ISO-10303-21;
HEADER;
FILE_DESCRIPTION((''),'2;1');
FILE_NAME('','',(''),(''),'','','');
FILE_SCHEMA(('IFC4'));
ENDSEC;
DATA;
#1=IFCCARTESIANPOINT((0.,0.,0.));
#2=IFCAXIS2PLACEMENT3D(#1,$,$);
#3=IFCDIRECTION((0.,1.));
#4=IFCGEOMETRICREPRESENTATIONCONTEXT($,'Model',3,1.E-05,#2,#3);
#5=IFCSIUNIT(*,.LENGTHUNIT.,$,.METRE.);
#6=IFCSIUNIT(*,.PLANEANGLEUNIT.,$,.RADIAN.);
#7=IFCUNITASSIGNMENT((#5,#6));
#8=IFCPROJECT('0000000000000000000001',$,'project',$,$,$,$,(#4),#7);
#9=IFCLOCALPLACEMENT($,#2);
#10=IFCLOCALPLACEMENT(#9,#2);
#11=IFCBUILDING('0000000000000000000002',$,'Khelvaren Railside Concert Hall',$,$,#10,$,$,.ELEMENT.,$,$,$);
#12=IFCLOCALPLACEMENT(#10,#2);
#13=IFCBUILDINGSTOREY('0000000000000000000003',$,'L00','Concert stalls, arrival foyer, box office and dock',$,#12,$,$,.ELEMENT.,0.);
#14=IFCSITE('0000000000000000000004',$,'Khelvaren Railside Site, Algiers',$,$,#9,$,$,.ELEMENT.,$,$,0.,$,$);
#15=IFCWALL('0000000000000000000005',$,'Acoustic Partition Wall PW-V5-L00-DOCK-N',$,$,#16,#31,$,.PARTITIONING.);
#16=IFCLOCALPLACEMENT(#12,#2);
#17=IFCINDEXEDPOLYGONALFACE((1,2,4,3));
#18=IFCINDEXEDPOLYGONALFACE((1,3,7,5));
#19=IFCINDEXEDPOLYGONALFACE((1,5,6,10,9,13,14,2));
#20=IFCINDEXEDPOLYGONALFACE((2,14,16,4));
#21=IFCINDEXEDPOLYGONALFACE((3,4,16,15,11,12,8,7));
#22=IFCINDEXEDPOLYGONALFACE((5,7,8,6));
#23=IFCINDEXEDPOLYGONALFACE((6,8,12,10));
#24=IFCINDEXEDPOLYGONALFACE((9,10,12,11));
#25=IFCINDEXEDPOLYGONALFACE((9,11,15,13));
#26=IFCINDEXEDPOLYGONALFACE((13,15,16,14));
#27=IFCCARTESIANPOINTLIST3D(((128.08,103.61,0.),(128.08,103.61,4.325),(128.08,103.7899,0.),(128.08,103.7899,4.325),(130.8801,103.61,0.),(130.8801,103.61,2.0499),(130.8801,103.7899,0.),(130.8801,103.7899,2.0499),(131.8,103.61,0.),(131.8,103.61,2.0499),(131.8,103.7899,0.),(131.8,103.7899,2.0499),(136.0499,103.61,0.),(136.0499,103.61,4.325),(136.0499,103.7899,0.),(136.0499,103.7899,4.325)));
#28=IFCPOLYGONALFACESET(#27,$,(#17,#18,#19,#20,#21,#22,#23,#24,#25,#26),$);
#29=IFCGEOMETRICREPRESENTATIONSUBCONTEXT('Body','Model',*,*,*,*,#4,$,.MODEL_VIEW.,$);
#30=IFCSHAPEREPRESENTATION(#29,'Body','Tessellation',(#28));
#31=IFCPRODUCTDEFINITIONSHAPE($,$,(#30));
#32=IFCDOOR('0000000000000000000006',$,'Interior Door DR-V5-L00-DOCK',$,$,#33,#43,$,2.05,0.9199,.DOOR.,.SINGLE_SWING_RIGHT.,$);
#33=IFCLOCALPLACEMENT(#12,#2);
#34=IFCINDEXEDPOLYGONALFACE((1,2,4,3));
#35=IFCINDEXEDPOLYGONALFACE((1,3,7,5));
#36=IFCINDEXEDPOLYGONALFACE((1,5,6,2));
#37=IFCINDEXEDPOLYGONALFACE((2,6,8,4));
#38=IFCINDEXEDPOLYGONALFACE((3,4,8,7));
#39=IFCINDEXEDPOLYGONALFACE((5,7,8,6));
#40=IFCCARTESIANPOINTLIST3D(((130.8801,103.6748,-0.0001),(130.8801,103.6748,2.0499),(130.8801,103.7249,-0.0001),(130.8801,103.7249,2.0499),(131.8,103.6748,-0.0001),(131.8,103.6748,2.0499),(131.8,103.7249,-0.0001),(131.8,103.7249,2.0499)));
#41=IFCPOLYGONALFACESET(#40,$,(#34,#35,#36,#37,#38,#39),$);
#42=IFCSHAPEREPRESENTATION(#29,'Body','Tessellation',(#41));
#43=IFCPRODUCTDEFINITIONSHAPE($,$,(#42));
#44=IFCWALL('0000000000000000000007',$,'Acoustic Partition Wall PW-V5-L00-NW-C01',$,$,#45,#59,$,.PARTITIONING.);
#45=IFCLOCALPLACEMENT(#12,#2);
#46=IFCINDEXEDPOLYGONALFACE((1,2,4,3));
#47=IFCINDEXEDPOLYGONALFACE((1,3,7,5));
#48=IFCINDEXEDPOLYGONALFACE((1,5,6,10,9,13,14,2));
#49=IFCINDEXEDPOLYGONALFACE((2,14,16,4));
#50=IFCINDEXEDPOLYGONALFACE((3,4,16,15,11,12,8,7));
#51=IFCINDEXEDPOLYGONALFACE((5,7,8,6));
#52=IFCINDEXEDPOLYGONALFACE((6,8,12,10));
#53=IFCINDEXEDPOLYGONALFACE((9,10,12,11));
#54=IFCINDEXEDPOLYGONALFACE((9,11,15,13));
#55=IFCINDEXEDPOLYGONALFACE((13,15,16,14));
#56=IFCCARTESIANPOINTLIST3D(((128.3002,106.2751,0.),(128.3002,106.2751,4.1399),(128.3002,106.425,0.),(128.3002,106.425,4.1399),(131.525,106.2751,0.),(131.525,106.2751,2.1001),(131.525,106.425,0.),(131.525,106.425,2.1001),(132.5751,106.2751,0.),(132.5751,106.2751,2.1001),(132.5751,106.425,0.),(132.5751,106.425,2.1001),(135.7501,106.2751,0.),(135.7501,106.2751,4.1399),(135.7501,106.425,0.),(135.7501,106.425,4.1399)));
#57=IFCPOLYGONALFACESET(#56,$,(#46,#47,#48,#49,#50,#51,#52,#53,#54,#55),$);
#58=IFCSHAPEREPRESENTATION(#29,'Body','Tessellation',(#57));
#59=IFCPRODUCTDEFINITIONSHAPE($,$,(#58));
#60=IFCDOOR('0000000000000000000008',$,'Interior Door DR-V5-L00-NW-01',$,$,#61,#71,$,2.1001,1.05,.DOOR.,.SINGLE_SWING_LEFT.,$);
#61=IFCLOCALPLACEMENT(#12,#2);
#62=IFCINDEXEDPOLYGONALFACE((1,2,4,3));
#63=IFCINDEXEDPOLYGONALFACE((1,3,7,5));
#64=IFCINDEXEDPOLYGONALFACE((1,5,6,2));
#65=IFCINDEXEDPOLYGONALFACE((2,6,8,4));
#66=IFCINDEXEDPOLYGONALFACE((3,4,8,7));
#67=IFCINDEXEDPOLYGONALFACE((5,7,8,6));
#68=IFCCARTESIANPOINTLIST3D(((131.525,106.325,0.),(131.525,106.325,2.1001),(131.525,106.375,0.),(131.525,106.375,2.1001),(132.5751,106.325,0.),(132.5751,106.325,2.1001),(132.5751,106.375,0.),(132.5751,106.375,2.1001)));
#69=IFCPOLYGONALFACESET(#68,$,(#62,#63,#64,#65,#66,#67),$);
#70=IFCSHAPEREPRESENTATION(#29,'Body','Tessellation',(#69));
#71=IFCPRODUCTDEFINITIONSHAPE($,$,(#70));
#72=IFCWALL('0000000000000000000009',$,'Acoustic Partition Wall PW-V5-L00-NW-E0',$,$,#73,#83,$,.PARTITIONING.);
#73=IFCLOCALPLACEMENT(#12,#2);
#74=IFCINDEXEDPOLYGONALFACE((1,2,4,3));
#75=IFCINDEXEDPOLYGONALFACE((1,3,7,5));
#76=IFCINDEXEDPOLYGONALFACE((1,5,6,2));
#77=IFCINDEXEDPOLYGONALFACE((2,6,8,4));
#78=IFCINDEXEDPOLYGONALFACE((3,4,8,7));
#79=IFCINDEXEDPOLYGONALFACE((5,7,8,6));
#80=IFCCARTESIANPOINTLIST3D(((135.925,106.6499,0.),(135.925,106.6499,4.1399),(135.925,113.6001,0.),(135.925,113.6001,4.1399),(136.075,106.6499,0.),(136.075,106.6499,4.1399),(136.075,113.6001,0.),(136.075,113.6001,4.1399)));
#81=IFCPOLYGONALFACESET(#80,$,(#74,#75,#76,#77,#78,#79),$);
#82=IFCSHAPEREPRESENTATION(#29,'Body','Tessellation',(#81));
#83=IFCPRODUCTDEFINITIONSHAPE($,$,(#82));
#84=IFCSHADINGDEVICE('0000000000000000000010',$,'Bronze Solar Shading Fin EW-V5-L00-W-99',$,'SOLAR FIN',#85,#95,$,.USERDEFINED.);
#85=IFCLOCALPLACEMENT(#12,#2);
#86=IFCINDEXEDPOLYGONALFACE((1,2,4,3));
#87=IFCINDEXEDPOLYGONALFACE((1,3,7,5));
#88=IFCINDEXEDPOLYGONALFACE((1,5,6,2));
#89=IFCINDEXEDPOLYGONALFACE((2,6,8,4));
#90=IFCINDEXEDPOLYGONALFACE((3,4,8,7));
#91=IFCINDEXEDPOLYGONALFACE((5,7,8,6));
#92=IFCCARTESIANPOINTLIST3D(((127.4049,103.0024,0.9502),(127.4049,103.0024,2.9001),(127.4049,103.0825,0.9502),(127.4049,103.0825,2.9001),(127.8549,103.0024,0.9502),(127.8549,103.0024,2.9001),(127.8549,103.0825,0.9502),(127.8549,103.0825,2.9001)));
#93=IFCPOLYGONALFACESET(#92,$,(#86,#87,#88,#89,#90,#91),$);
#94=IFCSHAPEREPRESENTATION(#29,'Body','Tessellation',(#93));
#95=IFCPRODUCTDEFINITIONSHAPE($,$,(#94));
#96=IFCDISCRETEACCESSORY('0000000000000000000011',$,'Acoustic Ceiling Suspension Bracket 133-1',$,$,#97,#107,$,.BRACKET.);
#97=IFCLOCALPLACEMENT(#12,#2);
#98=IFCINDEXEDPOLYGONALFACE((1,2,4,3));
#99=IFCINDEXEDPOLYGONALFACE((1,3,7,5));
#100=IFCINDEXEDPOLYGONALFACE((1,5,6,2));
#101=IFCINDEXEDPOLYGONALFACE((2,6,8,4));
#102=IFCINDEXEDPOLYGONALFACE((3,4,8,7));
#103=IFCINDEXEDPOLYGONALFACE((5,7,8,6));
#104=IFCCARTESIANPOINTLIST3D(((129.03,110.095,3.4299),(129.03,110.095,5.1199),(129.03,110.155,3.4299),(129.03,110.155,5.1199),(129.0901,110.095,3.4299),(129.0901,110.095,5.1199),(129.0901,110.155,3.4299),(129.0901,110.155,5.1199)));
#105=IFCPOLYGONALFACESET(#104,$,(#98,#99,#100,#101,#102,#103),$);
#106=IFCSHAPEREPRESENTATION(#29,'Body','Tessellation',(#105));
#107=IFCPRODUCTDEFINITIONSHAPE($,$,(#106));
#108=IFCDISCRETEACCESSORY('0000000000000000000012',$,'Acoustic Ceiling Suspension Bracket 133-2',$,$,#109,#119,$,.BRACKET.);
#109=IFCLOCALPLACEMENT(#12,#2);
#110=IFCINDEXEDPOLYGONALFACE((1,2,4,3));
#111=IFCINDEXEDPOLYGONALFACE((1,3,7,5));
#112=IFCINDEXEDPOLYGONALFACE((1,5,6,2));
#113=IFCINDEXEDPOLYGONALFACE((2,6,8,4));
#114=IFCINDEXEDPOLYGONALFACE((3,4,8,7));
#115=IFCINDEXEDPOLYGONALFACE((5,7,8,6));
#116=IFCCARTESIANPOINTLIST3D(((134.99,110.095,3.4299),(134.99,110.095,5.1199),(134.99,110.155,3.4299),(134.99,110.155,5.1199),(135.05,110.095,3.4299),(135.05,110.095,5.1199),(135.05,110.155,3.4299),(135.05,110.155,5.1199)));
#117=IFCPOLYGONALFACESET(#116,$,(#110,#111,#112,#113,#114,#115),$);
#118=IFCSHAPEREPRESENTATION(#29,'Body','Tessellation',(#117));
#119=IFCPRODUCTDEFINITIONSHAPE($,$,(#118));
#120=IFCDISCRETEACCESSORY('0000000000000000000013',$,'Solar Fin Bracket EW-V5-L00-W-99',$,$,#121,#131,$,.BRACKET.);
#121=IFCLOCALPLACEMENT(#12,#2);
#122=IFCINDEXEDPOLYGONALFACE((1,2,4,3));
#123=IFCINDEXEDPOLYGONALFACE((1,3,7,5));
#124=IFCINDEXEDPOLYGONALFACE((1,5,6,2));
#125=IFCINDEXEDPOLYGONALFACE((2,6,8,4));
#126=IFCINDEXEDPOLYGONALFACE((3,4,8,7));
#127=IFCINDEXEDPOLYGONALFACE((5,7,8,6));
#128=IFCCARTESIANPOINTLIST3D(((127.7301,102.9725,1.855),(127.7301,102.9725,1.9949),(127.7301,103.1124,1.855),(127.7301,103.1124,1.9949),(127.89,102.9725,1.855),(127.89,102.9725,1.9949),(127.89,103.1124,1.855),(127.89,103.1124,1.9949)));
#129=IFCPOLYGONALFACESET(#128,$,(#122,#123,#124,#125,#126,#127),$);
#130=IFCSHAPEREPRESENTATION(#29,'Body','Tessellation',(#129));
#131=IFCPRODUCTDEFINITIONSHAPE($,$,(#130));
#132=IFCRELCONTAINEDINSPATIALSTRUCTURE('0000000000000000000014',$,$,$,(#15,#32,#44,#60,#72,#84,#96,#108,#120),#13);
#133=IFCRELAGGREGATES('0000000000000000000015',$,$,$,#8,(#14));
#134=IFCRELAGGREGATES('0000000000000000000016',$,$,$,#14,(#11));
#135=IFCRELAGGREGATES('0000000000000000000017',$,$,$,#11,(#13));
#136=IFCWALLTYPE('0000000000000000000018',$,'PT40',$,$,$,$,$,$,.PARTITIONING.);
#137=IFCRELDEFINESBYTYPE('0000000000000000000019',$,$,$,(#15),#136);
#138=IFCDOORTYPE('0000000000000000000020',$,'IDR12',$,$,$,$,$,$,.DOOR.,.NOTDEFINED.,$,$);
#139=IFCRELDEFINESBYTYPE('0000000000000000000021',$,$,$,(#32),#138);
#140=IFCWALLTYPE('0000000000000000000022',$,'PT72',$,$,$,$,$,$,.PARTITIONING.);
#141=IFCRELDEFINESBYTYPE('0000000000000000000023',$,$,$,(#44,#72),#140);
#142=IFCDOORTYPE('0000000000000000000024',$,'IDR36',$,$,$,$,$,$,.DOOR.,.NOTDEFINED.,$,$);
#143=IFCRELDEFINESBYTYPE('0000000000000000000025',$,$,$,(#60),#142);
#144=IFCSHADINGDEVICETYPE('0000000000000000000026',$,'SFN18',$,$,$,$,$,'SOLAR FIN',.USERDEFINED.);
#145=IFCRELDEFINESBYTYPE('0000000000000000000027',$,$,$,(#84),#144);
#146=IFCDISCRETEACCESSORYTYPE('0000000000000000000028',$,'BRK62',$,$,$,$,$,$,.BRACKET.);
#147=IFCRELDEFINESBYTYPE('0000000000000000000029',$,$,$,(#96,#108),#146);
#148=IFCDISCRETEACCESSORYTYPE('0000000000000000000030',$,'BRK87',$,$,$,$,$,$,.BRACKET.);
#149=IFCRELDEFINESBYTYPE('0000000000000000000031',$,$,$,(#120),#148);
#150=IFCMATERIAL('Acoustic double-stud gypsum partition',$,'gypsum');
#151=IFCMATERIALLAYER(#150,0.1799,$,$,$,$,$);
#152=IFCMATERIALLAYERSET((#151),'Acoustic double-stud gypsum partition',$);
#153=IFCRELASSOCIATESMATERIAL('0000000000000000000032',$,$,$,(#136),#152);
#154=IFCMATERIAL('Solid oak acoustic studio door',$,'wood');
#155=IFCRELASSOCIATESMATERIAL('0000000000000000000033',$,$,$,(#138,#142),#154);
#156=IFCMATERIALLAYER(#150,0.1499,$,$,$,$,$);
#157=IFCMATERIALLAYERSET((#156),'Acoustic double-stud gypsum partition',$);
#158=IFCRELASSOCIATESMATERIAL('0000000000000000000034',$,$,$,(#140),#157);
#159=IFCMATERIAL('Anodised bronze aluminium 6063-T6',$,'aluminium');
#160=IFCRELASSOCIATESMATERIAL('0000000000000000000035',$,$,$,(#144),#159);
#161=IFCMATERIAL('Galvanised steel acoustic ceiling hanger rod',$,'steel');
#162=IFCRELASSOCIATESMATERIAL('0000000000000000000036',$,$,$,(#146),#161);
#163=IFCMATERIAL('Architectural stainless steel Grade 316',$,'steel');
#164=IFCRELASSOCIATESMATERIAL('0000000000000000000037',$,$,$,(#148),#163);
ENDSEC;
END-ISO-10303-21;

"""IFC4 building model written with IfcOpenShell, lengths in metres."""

from ifc_helpers import new_model, si_unit, direction, frame, frame_2d, origin, origin_2d, place, context, subcontext, project, spatial, rectangle, extrude, material, layer, layer_set, type_object, element, fill, save


model = new_model("IFC4")

# Units and contexts
model_context = context("Model", 3, precision=1e-05, world=origin(), true_north=direction((0.0, 1.0)))
body_context = subcontext(model_context, "Body", "Model", "MODEL_VIEW")
ifc_project = project(units=[si_unit("LENGTHUNIT", "METRE"), si_unit("PLANEANGLEUNIT", "RADIAN")], contexts=[model_context])

# Site, building, storey
site_placement = place(None, origin())
site = spatial("IfcSite", under=ifc_project, at=site_placement, Name="Khelvaren Railside Site, Algiers", CompositionType="ELEMENT", RefElevation=0.0)
building_placement = place(site_placement, origin())
building = spatial("IfcBuilding", under=site, at=building_placement, Name="Khelvaren Railside Concert Hall", CompositionType="ELEMENT")
storey_placement = place(building_placement, origin())
storey = spatial("IfcBuildingStorey", under=building, at=storey_placement, Name="L00", Description="Concert stalls, arrival foyer, box office and dock", CompositionType="ELEMENT", Elevation=0.0)

# Walls, openings, doors
ifc_material_1 = material(Name="Acoustic double-stud gypsum partition", Category="gypsum")
ifc_layer_1 = layer(ifc_material_1, 0.1799)
ifc_layer_set_1 = layer_set([ifc_layer_1], Name="Acoustic double-stud gypsum partition")
wall_type_1 = type_object("IfcWallType", Name="PT40", PredefinedType="PARTITIONING", material=ifc_layer_set_1)
wall_1_placement = place(storey_placement, frame((128.0801, 103.7, 0.0), z_axis=(0.0, 0.0, 1.0), x_axis=(1.0, 0.0, 0.0)))
wall_1 = element("IfcWall", 1, at=wall_1_placement, inside=storey, type_object=wall_type_1, Name="Acoustic Partition Wall PW-V5-L00-DOCK-N", PredefinedType="PARTITIONING", context=body_context, shape_type="SweptSolid", body=[
    extrude(rectangle(XDim=7.97, YDim=0.1799, at=frame_2d((3.9849, 0.0))), origin(), (0.0, 0.0, 1.0), 4.325),
])
opening_1_placement = place(wall_1_placement, frame((2.8, 0.0, 0.0)))
opening_1 = element("IfcOpeningElement", 2, at=opening_1_placement, cuts=wall_1, PredefinedType="OPENING", context=body_context, shape_type="SweptSolid", body=[
    extrude(rectangle(XDim=0.9199, YDim=2.05, at=frame_2d((0.46, 1.0249))), frame((0.0, 0.0999, 0.0), z_axis=(0.0, -1.0, 0.0), x_axis=(1.0, 0.0, 0.0)), (0.0, 0.0, 1.0), 0.2),
])
ifc_material_2 = material(Name="Solid oak acoustic studio door", Category="wood")
door_type_1 = type_object("IfcDoorType", Name="IDR12", OperationType="NOTDEFINED", PredefinedType="DOOR", material=ifc_material_2)
door_1_placement = place(opening_1_placement, origin())
door_1 = element("IfcDoor", 3, at=door_1_placement, inside=storey, type_object=door_type_1, Name="Interior Door DR-V5-L00-DOCK", OperationType="SINGLE_SWING_RIGHT", OverallHeight=2.05, OverallWidth=0.9199, PredefinedType="DOOR", context=body_context, shape_type="SweptSolid", body=[
    extrude(rectangle(XDim=0.9199, YDim=2.05, at=frame_2d((0.46, 1.0249))), frame((0.0, 0.0249, 0.0), z_axis=(0.0, -1.0, 0.0), x_axis=(1.0, 0.0, 0.0)), (0.0, 0.0, 1.0), 0.05),
])
fill(opening_1, door_1)
ifc_layer_2 = layer(ifc_material_1, 0.1499)
ifc_layer_set_2 = layer_set([ifc_layer_2], Name="Acoustic double-stud gypsum partition")
wall_type_2 = type_object("IfcWallType", Name="PT72", PredefinedType="PARTITIONING", material=ifc_layer_set_2)
wall_2_placement = place(storey_placement, frame((128.3, 106.3501, 0.0), z_axis=(0.0, 0.0, 1.0), x_axis=(1.0, 0.0, 0.0)))
wall_2 = element("IfcWall", 4, at=wall_2_placement, inside=storey, type_object=wall_type_2, Name="Acoustic Partition Wall PW-V5-L00-NW-C01", PredefinedType="PARTITIONING", context=body_context, shape_type="SweptSolid", body=[
    extrude(rectangle(XDim=7.45, YDim=0.1499, at=frame_2d((3.7251, 0.0))), origin(), (0.0, 0.0, 1.0), 4.1399),
])
opening_2_placement = place(wall_2_placement, frame((3.2251, 0.0, 0.0)))
opening_2 = element("IfcOpeningElement", 5, at=opening_2_placement, cuts=wall_2, PredefinedType="OPENING", context=body_context, shape_type="SweptSolid", body=[
    extrude(rectangle(XDim=1.05, YDim=2.1001, at=frame_2d((0.5249, 1.05))), frame((0.0, 0.085, 0.0), z_axis=(0.0, -1.0, 0.0), x_axis=(1.0, 0.0, 0.0)), (0.0, 0.0, 1.0), 0.1699),
])
door_type_2 = type_object("IfcDoorType", Name="IDR36", OperationType="NOTDEFINED", PredefinedType="DOOR", material=ifc_material_2)
door_2_placement = place(opening_2_placement, origin())
door_2 = element("IfcDoor", 6, at=door_2_placement, inside=storey, type_object=door_type_2, Name="Interior Door DR-V5-L00-NW-01", OperationType="SINGLE_SWING_LEFT", OverallHeight=2.1001, OverallWidth=1.05, PredefinedType="DOOR", context=body_context, shape_type="SweptSolid", body=[
    extrude(rectangle(XDim=1.05, YDim=2.1001, at=frame_2d((0.5249, 1.05))), frame((0.0, 0.0249, 0.0), z_axis=(0.0, -1.0, 0.0), x_axis=(1.0, 0.0, 0.0)), (0.0, 0.0, 1.0), 0.05),
])
fill(opening_2, door_2)

# Wall
wall_3_placement = place(storey_placement, frame((136.0, 106.6499, 0.0), z_axis=(0.0, 0.0, 1.0), x_axis=(0.0, 1.0, 0.0)))
element("IfcWall", 7, at=wall_3_placement, inside=storey, type_object=wall_type_2, Name="Acoustic Partition Wall PW-V5-L00-NW-E0", PredefinedType="PARTITIONING", context=body_context, shape_type="SweptSolid", body=[
    extrude(rectangle(XDim=6.9502, YDim=0.1499, at=frame_2d((3.4751, 0.0))), origin(), (0.0, 0.0, 1.0), 4.1399),
])

# Shading device
ifc_material_3 = material(Name="Anodised bronze aluminium 6063-T6", Category="aluminium")
shading_device_type = type_object("IfcShadingDeviceType", Name="SFN18", ElementType="SOLAR FIN", PredefinedType="USERDEFINED", material=ifc_material_3)
shading_device_placement = place(storey_placement, frame((127.6299, 103.0425, 0.9502), z_axis=(0.0, 0.0, 1.0), x_axis=(0.0, 1.0, 0.0)))
element("IfcShadingDevice", 8, at=shading_device_placement, inside=storey, type_object=shading_device_type, Name="Bronze Solar Shading Fin EW-V5-L00-W-99", ObjectType="SOLAR FIN", PredefinedType="USERDEFINED", context=body_context, shape_type="SweptSolid", body=[
    extrude(rectangle(XDim=0.0801, YDim=0.45, at=origin_2d()), origin(), (0.0, 0.0, 1.0), 1.95),
])

# Discrete accessories
ifc_material_4 = material(Name="Galvanised steel acoustic ceiling hanger rod", Category="steel")
discrete_accessory_type_1 = type_object("IfcDiscreteAccessoryType", Name="BRK62", PredefinedType="BRACKET", material=ifc_material_4)
for number, where, z_axis, x_axis, name in (
    (9, (129.0601, 110.125, 3.4299), (0.0, 0.0, 1.0), (1.0, 0.0, 0.0), "Acoustic Ceiling Suspension Bracket 133-1"),
    (10, (135.02, 110.125, 3.4299), (0.0, 0.0, 1.0), (1.0, 0.0, 0.0), "Acoustic Ceiling Suspension Bracket 133-2"),
):
    element("IfcDiscreteAccessory", number, at=place(storey_placement, frame(where, z_axis=z_axis, x_axis=x_axis)), inside=storey, type_object=discrete_accessory_type_1, Name=name, PredefinedType="BRACKET", context=body_context, shape_type="SweptSolid", body=[
        extrude(rectangle(XDim=0.0601, YDim=0.0601, at=origin_2d()), origin(), (0.0, 0.0, 1.0), 1.6899),
    ])
ifc_material_5 = material(Name="Architectural stainless steel Grade 316", Category="steel")
discrete_accessory_type_2 = type_object("IfcDiscreteAccessoryType", Name="BRK87", PredefinedType="BRACKET", material=ifc_material_5)
discrete_accessory_placement = place(storey_placement, frame((127.8101, 103.0425, 1.855), z_axis=(0.0, 0.0, 1.0), x_axis=(0.0, 1.0, 0.0)))
element("IfcDiscreteAccessory", 11, at=discrete_accessory_placement, inside=storey, type_object=discrete_accessory_type_2, Name="Solar Fin Bracket EW-V5-L00-W-99", PredefinedType="BRACKET", context=body_context, shape_type="SweptSolid", body=[
    extrude(rectangle(XDim=0.1399, YDim=0.1599, at=origin_2d()), origin(), (0.0, 0.0, 1.0), 0.1399),
])

save(model, "model.ifc")
